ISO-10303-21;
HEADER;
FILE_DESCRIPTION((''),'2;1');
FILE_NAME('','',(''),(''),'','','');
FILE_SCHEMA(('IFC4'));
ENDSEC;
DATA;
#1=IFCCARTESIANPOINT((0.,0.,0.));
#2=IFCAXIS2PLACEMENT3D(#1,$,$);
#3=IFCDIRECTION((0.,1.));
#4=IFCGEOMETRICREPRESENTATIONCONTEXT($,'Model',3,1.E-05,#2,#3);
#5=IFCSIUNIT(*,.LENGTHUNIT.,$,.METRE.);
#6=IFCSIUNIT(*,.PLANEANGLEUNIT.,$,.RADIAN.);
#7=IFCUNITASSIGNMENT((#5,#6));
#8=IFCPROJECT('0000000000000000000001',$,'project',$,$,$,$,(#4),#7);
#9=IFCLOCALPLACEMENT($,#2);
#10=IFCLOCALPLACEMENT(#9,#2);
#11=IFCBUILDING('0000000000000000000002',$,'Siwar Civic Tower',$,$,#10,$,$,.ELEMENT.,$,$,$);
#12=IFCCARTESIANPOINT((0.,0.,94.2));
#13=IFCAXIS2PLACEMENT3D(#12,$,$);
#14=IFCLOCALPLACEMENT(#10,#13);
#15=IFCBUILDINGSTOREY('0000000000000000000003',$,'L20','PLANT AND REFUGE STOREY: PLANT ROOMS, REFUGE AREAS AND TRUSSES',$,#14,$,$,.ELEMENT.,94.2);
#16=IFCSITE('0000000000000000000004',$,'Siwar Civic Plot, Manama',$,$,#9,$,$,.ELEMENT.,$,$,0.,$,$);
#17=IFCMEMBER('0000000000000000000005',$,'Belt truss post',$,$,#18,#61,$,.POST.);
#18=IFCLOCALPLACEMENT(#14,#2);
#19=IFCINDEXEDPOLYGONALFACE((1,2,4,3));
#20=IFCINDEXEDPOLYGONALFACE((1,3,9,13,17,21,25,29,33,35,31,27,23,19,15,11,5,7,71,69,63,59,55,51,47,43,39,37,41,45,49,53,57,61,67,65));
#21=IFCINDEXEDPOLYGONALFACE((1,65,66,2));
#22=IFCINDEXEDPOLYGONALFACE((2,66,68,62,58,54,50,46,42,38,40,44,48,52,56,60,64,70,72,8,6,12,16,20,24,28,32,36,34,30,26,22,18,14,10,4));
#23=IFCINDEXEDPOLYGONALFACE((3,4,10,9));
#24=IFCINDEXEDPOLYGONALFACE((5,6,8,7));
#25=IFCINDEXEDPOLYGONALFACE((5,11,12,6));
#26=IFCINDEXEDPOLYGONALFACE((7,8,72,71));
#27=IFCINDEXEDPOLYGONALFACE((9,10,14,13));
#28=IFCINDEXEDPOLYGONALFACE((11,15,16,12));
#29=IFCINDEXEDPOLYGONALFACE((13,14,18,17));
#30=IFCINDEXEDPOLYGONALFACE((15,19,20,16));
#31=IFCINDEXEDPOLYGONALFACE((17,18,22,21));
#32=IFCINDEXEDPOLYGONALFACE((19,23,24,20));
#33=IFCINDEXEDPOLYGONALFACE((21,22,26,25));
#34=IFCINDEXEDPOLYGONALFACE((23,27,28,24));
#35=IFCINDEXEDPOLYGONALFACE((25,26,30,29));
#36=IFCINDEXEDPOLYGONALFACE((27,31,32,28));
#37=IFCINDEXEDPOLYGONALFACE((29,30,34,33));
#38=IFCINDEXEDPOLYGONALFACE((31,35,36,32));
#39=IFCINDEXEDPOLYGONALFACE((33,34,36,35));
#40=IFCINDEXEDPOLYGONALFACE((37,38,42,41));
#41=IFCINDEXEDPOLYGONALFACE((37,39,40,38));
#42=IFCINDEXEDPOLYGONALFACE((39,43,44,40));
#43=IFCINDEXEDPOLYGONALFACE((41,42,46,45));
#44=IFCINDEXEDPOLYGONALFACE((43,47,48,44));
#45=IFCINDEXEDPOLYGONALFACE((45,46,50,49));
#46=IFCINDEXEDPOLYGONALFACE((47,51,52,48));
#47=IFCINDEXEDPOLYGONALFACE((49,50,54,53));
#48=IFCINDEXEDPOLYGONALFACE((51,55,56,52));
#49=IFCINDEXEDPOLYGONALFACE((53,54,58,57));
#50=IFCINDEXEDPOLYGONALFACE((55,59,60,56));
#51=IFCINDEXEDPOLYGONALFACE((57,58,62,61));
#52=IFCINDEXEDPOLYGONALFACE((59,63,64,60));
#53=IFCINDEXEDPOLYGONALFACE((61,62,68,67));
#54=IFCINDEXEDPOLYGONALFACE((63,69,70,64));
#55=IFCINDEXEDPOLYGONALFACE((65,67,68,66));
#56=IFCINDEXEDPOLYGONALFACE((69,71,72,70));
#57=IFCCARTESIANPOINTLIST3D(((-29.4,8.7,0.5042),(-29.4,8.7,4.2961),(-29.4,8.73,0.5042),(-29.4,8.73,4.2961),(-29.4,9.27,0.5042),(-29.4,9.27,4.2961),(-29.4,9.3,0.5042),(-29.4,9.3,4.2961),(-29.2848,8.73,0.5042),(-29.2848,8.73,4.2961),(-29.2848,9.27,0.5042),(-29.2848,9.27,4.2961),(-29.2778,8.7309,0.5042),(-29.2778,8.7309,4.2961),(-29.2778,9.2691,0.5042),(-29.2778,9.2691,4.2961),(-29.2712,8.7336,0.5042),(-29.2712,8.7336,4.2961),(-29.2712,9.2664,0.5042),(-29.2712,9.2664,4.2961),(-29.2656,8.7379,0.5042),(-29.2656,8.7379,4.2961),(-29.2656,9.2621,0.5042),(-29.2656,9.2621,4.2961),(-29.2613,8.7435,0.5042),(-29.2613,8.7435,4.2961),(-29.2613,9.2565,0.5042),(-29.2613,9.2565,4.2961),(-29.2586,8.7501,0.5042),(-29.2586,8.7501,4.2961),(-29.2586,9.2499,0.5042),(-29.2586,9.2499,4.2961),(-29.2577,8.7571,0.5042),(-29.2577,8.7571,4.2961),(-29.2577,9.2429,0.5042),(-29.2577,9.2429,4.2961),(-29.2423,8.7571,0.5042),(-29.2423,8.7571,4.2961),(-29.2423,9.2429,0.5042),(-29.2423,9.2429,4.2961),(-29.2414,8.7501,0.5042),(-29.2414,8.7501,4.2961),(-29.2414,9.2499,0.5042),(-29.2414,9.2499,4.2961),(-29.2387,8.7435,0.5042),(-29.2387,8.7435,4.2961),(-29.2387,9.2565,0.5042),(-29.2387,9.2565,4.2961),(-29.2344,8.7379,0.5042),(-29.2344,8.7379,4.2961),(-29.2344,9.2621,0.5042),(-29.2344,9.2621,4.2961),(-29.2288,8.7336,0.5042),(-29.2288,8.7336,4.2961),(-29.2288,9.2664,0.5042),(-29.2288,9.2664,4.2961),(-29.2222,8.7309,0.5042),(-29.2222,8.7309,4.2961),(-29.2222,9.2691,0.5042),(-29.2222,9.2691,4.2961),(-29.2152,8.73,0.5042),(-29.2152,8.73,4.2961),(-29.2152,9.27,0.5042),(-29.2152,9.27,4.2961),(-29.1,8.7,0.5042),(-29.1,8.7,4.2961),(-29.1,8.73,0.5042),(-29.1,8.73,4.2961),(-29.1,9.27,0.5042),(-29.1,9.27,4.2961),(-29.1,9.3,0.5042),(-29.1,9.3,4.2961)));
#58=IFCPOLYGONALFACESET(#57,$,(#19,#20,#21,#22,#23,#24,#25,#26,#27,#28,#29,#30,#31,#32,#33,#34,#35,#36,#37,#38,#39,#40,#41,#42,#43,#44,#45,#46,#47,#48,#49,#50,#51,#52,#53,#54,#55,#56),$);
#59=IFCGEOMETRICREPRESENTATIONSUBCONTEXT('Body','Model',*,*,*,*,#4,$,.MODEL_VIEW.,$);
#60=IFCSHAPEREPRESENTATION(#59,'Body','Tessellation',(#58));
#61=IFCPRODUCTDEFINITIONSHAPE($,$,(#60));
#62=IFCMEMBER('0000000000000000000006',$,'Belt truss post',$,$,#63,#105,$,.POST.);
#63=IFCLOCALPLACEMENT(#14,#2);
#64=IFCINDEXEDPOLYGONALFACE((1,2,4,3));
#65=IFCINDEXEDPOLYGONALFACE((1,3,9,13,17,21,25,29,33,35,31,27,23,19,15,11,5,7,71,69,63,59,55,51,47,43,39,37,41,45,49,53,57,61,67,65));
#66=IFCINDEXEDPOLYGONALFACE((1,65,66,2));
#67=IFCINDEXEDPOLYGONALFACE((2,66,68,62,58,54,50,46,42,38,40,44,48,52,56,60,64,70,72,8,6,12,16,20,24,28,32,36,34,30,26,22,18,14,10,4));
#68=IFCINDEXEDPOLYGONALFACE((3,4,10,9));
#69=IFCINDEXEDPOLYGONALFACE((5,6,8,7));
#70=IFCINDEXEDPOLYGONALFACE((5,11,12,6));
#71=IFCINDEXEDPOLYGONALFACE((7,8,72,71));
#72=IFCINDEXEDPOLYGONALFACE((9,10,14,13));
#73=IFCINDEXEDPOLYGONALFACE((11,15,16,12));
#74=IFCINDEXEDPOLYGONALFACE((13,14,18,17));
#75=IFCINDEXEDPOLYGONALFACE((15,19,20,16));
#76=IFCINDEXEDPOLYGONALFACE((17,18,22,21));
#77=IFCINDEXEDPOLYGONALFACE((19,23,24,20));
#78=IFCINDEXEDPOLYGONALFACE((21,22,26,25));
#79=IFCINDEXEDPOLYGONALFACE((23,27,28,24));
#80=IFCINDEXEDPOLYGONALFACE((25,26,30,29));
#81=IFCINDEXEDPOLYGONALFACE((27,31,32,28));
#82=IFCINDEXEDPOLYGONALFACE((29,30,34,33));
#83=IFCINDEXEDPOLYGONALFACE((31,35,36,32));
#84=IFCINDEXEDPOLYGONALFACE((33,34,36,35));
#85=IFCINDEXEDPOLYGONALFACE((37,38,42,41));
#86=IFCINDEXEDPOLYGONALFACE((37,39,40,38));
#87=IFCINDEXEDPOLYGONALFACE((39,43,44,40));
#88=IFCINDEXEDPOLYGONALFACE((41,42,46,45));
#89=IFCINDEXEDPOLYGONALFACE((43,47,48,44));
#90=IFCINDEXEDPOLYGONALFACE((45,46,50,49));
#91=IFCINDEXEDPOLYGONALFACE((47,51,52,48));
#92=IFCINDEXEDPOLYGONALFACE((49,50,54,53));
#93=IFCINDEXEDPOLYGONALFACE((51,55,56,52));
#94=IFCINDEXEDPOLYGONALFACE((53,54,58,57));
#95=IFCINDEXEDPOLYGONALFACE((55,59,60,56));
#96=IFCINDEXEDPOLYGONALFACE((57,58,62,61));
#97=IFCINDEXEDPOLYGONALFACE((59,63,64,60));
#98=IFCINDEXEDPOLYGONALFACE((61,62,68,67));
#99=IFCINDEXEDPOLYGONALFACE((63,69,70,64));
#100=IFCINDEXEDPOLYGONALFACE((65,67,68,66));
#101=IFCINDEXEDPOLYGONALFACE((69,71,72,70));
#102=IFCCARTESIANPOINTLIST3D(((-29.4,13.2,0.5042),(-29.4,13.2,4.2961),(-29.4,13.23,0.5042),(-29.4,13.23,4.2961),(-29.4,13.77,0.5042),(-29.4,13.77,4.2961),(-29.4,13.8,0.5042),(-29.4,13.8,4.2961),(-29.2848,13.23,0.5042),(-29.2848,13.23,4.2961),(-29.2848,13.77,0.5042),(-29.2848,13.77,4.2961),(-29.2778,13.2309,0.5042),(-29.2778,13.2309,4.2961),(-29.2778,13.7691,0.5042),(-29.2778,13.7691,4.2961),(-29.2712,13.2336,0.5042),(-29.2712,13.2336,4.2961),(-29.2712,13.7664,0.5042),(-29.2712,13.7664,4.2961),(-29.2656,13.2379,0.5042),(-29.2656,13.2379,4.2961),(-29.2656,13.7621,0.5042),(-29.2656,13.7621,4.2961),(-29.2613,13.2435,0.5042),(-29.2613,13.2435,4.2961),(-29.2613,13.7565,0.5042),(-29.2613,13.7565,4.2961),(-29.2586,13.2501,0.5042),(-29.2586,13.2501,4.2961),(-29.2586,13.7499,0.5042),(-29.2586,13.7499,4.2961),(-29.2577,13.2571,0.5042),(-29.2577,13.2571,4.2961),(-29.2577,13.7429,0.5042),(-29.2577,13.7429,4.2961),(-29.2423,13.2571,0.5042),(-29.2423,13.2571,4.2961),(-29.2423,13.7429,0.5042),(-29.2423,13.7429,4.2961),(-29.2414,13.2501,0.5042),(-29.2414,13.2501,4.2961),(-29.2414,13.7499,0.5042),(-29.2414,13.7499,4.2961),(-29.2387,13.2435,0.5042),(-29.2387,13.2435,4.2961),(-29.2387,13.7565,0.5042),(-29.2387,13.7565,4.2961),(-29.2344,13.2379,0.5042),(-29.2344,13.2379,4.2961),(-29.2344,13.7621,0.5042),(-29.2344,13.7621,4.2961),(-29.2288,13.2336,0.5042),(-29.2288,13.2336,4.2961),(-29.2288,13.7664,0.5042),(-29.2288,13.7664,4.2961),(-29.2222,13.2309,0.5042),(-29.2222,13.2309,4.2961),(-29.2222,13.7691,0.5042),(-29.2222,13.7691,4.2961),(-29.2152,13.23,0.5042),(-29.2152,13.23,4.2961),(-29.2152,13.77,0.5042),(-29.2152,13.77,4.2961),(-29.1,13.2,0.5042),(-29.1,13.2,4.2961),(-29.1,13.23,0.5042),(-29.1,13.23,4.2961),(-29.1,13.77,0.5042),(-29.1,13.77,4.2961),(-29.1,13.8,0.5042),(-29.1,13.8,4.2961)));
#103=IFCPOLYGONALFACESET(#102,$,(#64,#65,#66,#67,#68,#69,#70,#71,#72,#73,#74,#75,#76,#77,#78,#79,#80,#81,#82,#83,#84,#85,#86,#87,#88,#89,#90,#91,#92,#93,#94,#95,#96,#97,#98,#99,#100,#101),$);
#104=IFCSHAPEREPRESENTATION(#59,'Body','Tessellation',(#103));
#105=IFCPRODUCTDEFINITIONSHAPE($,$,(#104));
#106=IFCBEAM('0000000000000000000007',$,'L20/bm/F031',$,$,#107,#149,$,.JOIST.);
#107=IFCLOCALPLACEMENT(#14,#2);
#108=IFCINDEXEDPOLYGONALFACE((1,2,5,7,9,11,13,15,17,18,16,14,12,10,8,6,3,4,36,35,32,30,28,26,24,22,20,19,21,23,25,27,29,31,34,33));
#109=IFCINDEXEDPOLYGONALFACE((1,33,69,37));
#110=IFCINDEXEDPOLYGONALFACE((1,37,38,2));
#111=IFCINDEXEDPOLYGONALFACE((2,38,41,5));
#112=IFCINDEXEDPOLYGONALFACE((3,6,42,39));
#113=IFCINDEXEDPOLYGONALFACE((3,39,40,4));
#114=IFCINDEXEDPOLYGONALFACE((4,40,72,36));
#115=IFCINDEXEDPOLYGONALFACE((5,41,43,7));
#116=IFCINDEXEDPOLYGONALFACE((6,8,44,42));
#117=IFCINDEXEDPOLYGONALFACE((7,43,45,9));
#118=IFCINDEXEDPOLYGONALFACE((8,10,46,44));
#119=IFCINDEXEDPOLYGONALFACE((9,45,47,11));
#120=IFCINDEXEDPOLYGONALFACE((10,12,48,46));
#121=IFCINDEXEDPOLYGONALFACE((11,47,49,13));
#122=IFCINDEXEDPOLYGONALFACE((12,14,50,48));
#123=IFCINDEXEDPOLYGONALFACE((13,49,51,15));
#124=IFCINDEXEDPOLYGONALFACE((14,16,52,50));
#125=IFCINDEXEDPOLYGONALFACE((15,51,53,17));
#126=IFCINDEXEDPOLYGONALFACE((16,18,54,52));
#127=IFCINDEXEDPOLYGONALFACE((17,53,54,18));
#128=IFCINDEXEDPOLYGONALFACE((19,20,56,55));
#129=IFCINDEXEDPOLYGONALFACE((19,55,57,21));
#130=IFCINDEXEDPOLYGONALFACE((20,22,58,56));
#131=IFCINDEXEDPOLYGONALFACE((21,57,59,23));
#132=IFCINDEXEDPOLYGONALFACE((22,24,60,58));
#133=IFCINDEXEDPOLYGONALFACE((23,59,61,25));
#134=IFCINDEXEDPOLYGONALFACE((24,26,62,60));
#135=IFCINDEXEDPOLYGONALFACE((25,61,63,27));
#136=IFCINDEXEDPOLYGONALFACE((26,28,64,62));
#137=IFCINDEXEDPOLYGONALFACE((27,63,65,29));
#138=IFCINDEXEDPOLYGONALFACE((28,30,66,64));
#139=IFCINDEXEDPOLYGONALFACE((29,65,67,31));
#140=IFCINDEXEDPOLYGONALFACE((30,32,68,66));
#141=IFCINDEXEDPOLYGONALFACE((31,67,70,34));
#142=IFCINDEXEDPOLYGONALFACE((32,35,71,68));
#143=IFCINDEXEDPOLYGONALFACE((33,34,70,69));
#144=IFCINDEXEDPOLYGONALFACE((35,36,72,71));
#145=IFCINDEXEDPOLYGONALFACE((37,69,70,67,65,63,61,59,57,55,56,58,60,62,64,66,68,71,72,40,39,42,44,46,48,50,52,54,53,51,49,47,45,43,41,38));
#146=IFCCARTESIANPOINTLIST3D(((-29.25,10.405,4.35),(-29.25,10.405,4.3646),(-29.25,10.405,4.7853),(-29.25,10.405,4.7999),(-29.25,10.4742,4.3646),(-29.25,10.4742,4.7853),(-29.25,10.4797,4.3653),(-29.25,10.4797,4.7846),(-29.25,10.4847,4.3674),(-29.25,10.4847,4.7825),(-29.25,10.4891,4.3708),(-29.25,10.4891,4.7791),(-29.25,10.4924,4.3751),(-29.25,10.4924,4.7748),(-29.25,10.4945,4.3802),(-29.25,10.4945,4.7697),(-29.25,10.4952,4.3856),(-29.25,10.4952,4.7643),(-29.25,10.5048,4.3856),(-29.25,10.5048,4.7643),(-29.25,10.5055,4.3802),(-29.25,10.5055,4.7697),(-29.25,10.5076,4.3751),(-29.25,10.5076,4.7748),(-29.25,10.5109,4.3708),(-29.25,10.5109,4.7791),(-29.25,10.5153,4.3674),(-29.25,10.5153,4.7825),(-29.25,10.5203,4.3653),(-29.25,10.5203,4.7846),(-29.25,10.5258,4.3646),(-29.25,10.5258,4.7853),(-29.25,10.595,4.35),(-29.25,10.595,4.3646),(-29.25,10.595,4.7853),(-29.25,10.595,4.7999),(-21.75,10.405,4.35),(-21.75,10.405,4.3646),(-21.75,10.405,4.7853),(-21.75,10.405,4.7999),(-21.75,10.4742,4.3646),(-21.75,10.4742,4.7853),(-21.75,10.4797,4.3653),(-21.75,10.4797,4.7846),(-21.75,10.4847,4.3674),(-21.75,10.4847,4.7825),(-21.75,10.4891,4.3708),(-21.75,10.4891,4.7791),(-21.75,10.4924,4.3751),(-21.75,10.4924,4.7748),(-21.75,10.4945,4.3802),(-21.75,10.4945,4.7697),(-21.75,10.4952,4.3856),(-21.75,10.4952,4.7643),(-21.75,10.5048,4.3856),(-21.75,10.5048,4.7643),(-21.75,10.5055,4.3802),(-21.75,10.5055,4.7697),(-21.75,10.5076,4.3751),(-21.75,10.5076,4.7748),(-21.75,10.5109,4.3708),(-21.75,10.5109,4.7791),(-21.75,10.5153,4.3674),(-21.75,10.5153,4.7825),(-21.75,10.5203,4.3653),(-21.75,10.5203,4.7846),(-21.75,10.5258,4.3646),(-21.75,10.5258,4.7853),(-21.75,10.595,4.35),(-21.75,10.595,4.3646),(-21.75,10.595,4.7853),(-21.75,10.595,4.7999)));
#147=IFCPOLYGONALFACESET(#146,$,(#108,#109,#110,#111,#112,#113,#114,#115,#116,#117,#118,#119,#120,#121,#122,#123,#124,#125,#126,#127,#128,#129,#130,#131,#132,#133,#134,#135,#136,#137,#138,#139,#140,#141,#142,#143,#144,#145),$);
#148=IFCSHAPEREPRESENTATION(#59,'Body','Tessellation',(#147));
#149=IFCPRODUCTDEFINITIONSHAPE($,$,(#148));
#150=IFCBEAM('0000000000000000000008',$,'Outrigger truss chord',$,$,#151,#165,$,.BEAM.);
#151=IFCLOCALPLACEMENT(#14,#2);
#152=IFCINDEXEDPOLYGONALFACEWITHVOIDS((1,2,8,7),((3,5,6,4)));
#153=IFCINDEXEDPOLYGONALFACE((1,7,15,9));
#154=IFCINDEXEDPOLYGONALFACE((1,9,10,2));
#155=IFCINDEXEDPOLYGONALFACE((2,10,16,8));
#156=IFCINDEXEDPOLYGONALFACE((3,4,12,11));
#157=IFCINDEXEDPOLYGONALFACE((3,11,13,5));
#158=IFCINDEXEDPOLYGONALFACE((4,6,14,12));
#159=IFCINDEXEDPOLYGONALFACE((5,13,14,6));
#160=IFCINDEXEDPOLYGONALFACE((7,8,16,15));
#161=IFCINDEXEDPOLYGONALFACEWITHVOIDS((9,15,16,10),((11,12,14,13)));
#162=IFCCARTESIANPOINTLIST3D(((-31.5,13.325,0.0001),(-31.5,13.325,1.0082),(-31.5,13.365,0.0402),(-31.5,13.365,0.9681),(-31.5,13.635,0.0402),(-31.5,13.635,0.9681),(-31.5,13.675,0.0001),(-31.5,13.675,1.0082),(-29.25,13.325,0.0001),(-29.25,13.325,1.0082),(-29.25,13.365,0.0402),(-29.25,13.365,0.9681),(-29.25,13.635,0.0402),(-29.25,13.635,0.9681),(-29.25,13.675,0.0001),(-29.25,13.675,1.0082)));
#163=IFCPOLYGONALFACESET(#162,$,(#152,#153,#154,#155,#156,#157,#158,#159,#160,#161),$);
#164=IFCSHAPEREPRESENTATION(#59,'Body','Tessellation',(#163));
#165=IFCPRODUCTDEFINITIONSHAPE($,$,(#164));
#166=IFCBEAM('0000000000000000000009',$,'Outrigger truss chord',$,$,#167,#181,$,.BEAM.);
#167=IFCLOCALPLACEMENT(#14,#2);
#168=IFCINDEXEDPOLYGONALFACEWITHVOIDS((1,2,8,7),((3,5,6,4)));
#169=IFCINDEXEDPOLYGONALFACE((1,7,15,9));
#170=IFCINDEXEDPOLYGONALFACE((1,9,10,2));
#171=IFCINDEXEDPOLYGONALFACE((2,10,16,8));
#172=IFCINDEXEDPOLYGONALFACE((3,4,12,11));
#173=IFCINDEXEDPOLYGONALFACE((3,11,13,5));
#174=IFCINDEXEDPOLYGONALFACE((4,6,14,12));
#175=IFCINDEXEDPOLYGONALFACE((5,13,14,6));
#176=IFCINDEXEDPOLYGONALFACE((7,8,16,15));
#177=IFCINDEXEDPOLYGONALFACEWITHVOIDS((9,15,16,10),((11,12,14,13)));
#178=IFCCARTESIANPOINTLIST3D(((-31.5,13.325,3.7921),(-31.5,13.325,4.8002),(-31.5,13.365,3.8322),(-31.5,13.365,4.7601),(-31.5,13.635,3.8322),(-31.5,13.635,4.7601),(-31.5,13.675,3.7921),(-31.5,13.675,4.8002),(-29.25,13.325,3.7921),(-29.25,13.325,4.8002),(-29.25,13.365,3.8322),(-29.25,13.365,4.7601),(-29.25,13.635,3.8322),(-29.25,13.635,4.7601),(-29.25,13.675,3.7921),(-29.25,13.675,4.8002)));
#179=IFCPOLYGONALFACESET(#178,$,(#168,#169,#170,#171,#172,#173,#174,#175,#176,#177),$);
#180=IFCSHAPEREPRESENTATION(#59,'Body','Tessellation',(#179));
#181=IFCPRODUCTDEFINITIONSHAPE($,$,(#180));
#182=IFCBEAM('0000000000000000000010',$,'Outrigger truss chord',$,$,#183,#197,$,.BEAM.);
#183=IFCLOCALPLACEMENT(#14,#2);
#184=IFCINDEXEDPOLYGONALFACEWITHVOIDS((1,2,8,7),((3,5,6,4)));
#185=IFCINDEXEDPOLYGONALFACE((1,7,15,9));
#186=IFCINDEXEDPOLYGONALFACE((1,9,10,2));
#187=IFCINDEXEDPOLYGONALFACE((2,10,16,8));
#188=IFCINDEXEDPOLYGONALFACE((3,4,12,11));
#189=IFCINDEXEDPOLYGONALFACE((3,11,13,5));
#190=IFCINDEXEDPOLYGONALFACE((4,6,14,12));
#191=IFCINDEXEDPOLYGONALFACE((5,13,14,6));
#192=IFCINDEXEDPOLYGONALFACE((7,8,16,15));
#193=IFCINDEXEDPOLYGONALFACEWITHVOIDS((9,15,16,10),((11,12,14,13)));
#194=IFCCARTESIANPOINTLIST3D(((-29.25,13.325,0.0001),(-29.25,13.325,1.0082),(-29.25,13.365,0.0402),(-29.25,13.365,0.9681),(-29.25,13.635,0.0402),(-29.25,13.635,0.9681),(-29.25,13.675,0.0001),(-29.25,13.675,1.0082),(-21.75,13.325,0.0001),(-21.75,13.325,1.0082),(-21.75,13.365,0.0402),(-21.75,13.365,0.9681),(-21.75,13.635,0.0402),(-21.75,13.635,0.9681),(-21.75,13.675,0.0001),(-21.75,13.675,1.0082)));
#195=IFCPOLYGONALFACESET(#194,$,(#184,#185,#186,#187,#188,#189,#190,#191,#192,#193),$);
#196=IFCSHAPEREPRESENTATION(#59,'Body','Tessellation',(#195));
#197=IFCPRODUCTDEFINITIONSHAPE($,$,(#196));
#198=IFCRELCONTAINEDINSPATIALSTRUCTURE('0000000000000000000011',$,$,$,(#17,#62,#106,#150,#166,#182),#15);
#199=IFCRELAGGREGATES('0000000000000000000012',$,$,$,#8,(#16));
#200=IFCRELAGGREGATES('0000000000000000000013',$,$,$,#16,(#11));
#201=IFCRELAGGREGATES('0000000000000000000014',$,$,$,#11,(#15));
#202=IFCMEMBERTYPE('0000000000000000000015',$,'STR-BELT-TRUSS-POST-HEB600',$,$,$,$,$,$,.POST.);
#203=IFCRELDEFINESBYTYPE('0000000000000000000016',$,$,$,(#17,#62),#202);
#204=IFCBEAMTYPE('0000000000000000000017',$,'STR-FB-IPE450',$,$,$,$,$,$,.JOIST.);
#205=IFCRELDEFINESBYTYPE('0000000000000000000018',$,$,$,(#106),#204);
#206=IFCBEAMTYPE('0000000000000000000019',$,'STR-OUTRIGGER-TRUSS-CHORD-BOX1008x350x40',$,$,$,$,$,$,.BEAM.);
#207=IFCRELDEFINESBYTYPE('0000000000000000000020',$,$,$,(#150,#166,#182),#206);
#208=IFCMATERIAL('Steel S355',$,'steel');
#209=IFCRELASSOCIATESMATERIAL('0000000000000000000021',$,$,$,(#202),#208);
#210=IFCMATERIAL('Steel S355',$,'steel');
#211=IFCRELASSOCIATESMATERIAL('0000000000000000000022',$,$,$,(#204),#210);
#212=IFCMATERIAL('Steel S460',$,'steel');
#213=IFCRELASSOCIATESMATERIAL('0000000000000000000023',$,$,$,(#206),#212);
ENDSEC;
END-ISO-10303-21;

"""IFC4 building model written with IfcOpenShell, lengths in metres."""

from ifc_helpers import new_model, si_unit, direction, frame, origin, origin_2d, place, context, subcontext, project, spatial, hollow_rectangle, i_section, extrude, material, material_profile, profile_set, type_object, element, save


model = new_model("IFC4")

# Units and contexts
model_context = context("Model", 3, precision=1e-05, world=origin(), true_north=direction((0.0, 1.0)))
body_context = subcontext(model_context, "Body", "Model", "MODEL_VIEW")
ifc_project = project(units=[si_unit("LENGTHUNIT", "METRE"), si_unit("PLANEANGLEUNIT", "RADIAN")], contexts=[model_context])

# Site, building, storey
site_placement = place(None, origin())
site = spatial("IfcSite", under=ifc_project, at=site_placement, Name="Siwar Civic Plot, Manama", CompositionType="ELEMENT", RefElevation=0.0)
building_placement = place(site_placement, origin())
building = spatial("IfcBuilding", under=site, at=building_placement, Name="Siwar Civic Tower", CompositionType="ELEMENT")
storey_placement = place(building_placement, frame((0.0, 0.0, 94.2)))
storey = spatial("IfcBuildingStorey", under=building, at=storey_placement, Name="L20", Description="PLANT AND REFUGE STOREY: PLANT ROOMS, REFUGE AREAS AND TRUSSES", CompositionType="ELEMENT", Elevation=94.2)

# Members
ifc_material_1 = material(Name="Steel S355", Category="steel")
ifc_material_profile_1 = material_profile(ifc_material_1, i_section(OverallWidth=0.3, OverallDepth=0.6001, WebThickness=0.0154, FlangeThickness=0.03, FilletRadius=0.0271, at=origin_2d()), Name="HEB600")
ifc_profile_set_1 = profile_set([ifc_material_profile_1], Name="Steel S355")
member_type_1 = type_object("IfcMemberType", Name="STR-BELT-TRUSS-POST-HEB600", PredefinedType="POST", material=ifc_profile_set_1)
for number, where, z_axis, x_axis, name in (
    (1, (-29.25, 9.0, 0.5042), (0.0, 0.0, 1.0), (1.0, 0.0, 0.0), "Belt truss post"),
    (2, (-29.25, 13.5, 0.5042), (0.0, 0.0, 1.0), (1.0, 0.0, 0.0), "Belt truss post"),
):
    element("IfcMember", number, at=place(storey_placement, frame(where, z_axis=z_axis, x_axis=x_axis)), inside=storey, type_object=member_type_1, Name=name, PredefinedType="POST", context=body_context, shape_type="SweptSolid", body=[
        extrude(i_section(OverallWidth=0.3, OverallDepth=0.6001, WebThickness=0.0154, FlangeThickness=0.03, FilletRadius=0.0271, at=origin_2d()), origin(), (0.0, 0.0, 1.0), 3.792),
    ])

# Beams
ifc_material_2 = material(Name="Steel S355", Category="steel")
ifc_material_profile_2 = material_profile(ifc_material_2, i_section(OverallWidth=0.1899, OverallDepth=0.45, WebThickness=0.0095, FlangeThickness=0.0146, FilletRadius=0.021, at=origin_2d()), Name="IPE450")
ifc_profile_set_2 = profile_set([ifc_material_profile_2], Name="Steel S355")
beam_type_1 = type_object("IfcBeamType", Name="STR-FB-IPE450", PredefinedType="JOIST", material=ifc_profile_set_2)
beam_placement = place(storey_placement, frame((-29.25, 10.5, 4.575), z_axis=(1.0, 0.0, 0.0), x_axis=(0.0, 1.0, 0.0)))
element("IfcBeam", 3, at=beam_placement, inside=storey, type_object=beam_type_1, Name="L20/bm/F031", PredefinedType="JOIST", context=body_context, shape_type="SweptSolid", body=[
    extrude(i_section(OverallWidth=0.1899, OverallDepth=0.45, WebThickness=0.0095, FlangeThickness=0.0146, FilletRadius=0.021, at=origin_2d()), origin(), (0.0, 0.0, 1.0), 7.5),
])
ifc_material_3 = material(Name="Steel S460", Category="steel")
ifc_material_profile_3 = material_profile(ifc_material_3, hollow_rectangle(XDim=0.3501, YDim=1.0081, WallThickness=0.04, at=origin_2d()), Name="BOX1008x350x40")
ifc_profile_set_3 = profile_set([ifc_material_profile_3], Name="Steel S460")
beam_type_2 = type_object("IfcBeamType", Name="STR-OUTRIGGER-TRUSS-CHORD-BOX1008x350x40", PredefinedType="BEAM", material=ifc_profile_set_3)
for number, where, z_axis, x_axis, name in (
    (4, (-31.5, 13.5, 0.5042), (1.0, 0.0, 0.0), (0.0, 1.0, 0.0), "Outrigger truss chord"),
    (5, (-31.5, 13.5, 4.2961), (1.0, 0.0, 0.0), (0.0, 1.0, 0.0), "Outrigger truss chord"),
):
    element("IfcBeam", number, at=place(storey_placement, frame(where, z_axis=z_axis, x_axis=x_axis)), inside=storey, type_object=beam_type_2, Name=name, PredefinedType="BEAM", context=body_context, shape_type="SweptSolid", body=[
        extrude(hollow_rectangle(XDim=0.3501, YDim=1.0081, WallThickness=0.04, at=origin_2d()), origin(), (0.0, 0.0, 1.0), 2.25),
    ])
for number, where, z_axis, x_axis, name in (
    (6, (-29.25, 13.5, 0.5042), (1.0, 0.0, 0.0), (0.0, 1.0, 0.0), "Outrigger truss chord"),
):
    element("IfcBeam", number, at=place(storey_placement, frame(where, z_axis=z_axis, x_axis=x_axis)), inside=storey, type_object=beam_type_2, Name=name, PredefinedType="BEAM", context=body_context, shape_type="SweptSolid", body=[
        extrude(hollow_rectangle(XDim=0.3501, YDim=1.0081, WallThickness=0.04, at=origin_2d()), origin(), (0.0, 0.0, 1.0), 7.5),
    ])

save(model, "model.ifc")
